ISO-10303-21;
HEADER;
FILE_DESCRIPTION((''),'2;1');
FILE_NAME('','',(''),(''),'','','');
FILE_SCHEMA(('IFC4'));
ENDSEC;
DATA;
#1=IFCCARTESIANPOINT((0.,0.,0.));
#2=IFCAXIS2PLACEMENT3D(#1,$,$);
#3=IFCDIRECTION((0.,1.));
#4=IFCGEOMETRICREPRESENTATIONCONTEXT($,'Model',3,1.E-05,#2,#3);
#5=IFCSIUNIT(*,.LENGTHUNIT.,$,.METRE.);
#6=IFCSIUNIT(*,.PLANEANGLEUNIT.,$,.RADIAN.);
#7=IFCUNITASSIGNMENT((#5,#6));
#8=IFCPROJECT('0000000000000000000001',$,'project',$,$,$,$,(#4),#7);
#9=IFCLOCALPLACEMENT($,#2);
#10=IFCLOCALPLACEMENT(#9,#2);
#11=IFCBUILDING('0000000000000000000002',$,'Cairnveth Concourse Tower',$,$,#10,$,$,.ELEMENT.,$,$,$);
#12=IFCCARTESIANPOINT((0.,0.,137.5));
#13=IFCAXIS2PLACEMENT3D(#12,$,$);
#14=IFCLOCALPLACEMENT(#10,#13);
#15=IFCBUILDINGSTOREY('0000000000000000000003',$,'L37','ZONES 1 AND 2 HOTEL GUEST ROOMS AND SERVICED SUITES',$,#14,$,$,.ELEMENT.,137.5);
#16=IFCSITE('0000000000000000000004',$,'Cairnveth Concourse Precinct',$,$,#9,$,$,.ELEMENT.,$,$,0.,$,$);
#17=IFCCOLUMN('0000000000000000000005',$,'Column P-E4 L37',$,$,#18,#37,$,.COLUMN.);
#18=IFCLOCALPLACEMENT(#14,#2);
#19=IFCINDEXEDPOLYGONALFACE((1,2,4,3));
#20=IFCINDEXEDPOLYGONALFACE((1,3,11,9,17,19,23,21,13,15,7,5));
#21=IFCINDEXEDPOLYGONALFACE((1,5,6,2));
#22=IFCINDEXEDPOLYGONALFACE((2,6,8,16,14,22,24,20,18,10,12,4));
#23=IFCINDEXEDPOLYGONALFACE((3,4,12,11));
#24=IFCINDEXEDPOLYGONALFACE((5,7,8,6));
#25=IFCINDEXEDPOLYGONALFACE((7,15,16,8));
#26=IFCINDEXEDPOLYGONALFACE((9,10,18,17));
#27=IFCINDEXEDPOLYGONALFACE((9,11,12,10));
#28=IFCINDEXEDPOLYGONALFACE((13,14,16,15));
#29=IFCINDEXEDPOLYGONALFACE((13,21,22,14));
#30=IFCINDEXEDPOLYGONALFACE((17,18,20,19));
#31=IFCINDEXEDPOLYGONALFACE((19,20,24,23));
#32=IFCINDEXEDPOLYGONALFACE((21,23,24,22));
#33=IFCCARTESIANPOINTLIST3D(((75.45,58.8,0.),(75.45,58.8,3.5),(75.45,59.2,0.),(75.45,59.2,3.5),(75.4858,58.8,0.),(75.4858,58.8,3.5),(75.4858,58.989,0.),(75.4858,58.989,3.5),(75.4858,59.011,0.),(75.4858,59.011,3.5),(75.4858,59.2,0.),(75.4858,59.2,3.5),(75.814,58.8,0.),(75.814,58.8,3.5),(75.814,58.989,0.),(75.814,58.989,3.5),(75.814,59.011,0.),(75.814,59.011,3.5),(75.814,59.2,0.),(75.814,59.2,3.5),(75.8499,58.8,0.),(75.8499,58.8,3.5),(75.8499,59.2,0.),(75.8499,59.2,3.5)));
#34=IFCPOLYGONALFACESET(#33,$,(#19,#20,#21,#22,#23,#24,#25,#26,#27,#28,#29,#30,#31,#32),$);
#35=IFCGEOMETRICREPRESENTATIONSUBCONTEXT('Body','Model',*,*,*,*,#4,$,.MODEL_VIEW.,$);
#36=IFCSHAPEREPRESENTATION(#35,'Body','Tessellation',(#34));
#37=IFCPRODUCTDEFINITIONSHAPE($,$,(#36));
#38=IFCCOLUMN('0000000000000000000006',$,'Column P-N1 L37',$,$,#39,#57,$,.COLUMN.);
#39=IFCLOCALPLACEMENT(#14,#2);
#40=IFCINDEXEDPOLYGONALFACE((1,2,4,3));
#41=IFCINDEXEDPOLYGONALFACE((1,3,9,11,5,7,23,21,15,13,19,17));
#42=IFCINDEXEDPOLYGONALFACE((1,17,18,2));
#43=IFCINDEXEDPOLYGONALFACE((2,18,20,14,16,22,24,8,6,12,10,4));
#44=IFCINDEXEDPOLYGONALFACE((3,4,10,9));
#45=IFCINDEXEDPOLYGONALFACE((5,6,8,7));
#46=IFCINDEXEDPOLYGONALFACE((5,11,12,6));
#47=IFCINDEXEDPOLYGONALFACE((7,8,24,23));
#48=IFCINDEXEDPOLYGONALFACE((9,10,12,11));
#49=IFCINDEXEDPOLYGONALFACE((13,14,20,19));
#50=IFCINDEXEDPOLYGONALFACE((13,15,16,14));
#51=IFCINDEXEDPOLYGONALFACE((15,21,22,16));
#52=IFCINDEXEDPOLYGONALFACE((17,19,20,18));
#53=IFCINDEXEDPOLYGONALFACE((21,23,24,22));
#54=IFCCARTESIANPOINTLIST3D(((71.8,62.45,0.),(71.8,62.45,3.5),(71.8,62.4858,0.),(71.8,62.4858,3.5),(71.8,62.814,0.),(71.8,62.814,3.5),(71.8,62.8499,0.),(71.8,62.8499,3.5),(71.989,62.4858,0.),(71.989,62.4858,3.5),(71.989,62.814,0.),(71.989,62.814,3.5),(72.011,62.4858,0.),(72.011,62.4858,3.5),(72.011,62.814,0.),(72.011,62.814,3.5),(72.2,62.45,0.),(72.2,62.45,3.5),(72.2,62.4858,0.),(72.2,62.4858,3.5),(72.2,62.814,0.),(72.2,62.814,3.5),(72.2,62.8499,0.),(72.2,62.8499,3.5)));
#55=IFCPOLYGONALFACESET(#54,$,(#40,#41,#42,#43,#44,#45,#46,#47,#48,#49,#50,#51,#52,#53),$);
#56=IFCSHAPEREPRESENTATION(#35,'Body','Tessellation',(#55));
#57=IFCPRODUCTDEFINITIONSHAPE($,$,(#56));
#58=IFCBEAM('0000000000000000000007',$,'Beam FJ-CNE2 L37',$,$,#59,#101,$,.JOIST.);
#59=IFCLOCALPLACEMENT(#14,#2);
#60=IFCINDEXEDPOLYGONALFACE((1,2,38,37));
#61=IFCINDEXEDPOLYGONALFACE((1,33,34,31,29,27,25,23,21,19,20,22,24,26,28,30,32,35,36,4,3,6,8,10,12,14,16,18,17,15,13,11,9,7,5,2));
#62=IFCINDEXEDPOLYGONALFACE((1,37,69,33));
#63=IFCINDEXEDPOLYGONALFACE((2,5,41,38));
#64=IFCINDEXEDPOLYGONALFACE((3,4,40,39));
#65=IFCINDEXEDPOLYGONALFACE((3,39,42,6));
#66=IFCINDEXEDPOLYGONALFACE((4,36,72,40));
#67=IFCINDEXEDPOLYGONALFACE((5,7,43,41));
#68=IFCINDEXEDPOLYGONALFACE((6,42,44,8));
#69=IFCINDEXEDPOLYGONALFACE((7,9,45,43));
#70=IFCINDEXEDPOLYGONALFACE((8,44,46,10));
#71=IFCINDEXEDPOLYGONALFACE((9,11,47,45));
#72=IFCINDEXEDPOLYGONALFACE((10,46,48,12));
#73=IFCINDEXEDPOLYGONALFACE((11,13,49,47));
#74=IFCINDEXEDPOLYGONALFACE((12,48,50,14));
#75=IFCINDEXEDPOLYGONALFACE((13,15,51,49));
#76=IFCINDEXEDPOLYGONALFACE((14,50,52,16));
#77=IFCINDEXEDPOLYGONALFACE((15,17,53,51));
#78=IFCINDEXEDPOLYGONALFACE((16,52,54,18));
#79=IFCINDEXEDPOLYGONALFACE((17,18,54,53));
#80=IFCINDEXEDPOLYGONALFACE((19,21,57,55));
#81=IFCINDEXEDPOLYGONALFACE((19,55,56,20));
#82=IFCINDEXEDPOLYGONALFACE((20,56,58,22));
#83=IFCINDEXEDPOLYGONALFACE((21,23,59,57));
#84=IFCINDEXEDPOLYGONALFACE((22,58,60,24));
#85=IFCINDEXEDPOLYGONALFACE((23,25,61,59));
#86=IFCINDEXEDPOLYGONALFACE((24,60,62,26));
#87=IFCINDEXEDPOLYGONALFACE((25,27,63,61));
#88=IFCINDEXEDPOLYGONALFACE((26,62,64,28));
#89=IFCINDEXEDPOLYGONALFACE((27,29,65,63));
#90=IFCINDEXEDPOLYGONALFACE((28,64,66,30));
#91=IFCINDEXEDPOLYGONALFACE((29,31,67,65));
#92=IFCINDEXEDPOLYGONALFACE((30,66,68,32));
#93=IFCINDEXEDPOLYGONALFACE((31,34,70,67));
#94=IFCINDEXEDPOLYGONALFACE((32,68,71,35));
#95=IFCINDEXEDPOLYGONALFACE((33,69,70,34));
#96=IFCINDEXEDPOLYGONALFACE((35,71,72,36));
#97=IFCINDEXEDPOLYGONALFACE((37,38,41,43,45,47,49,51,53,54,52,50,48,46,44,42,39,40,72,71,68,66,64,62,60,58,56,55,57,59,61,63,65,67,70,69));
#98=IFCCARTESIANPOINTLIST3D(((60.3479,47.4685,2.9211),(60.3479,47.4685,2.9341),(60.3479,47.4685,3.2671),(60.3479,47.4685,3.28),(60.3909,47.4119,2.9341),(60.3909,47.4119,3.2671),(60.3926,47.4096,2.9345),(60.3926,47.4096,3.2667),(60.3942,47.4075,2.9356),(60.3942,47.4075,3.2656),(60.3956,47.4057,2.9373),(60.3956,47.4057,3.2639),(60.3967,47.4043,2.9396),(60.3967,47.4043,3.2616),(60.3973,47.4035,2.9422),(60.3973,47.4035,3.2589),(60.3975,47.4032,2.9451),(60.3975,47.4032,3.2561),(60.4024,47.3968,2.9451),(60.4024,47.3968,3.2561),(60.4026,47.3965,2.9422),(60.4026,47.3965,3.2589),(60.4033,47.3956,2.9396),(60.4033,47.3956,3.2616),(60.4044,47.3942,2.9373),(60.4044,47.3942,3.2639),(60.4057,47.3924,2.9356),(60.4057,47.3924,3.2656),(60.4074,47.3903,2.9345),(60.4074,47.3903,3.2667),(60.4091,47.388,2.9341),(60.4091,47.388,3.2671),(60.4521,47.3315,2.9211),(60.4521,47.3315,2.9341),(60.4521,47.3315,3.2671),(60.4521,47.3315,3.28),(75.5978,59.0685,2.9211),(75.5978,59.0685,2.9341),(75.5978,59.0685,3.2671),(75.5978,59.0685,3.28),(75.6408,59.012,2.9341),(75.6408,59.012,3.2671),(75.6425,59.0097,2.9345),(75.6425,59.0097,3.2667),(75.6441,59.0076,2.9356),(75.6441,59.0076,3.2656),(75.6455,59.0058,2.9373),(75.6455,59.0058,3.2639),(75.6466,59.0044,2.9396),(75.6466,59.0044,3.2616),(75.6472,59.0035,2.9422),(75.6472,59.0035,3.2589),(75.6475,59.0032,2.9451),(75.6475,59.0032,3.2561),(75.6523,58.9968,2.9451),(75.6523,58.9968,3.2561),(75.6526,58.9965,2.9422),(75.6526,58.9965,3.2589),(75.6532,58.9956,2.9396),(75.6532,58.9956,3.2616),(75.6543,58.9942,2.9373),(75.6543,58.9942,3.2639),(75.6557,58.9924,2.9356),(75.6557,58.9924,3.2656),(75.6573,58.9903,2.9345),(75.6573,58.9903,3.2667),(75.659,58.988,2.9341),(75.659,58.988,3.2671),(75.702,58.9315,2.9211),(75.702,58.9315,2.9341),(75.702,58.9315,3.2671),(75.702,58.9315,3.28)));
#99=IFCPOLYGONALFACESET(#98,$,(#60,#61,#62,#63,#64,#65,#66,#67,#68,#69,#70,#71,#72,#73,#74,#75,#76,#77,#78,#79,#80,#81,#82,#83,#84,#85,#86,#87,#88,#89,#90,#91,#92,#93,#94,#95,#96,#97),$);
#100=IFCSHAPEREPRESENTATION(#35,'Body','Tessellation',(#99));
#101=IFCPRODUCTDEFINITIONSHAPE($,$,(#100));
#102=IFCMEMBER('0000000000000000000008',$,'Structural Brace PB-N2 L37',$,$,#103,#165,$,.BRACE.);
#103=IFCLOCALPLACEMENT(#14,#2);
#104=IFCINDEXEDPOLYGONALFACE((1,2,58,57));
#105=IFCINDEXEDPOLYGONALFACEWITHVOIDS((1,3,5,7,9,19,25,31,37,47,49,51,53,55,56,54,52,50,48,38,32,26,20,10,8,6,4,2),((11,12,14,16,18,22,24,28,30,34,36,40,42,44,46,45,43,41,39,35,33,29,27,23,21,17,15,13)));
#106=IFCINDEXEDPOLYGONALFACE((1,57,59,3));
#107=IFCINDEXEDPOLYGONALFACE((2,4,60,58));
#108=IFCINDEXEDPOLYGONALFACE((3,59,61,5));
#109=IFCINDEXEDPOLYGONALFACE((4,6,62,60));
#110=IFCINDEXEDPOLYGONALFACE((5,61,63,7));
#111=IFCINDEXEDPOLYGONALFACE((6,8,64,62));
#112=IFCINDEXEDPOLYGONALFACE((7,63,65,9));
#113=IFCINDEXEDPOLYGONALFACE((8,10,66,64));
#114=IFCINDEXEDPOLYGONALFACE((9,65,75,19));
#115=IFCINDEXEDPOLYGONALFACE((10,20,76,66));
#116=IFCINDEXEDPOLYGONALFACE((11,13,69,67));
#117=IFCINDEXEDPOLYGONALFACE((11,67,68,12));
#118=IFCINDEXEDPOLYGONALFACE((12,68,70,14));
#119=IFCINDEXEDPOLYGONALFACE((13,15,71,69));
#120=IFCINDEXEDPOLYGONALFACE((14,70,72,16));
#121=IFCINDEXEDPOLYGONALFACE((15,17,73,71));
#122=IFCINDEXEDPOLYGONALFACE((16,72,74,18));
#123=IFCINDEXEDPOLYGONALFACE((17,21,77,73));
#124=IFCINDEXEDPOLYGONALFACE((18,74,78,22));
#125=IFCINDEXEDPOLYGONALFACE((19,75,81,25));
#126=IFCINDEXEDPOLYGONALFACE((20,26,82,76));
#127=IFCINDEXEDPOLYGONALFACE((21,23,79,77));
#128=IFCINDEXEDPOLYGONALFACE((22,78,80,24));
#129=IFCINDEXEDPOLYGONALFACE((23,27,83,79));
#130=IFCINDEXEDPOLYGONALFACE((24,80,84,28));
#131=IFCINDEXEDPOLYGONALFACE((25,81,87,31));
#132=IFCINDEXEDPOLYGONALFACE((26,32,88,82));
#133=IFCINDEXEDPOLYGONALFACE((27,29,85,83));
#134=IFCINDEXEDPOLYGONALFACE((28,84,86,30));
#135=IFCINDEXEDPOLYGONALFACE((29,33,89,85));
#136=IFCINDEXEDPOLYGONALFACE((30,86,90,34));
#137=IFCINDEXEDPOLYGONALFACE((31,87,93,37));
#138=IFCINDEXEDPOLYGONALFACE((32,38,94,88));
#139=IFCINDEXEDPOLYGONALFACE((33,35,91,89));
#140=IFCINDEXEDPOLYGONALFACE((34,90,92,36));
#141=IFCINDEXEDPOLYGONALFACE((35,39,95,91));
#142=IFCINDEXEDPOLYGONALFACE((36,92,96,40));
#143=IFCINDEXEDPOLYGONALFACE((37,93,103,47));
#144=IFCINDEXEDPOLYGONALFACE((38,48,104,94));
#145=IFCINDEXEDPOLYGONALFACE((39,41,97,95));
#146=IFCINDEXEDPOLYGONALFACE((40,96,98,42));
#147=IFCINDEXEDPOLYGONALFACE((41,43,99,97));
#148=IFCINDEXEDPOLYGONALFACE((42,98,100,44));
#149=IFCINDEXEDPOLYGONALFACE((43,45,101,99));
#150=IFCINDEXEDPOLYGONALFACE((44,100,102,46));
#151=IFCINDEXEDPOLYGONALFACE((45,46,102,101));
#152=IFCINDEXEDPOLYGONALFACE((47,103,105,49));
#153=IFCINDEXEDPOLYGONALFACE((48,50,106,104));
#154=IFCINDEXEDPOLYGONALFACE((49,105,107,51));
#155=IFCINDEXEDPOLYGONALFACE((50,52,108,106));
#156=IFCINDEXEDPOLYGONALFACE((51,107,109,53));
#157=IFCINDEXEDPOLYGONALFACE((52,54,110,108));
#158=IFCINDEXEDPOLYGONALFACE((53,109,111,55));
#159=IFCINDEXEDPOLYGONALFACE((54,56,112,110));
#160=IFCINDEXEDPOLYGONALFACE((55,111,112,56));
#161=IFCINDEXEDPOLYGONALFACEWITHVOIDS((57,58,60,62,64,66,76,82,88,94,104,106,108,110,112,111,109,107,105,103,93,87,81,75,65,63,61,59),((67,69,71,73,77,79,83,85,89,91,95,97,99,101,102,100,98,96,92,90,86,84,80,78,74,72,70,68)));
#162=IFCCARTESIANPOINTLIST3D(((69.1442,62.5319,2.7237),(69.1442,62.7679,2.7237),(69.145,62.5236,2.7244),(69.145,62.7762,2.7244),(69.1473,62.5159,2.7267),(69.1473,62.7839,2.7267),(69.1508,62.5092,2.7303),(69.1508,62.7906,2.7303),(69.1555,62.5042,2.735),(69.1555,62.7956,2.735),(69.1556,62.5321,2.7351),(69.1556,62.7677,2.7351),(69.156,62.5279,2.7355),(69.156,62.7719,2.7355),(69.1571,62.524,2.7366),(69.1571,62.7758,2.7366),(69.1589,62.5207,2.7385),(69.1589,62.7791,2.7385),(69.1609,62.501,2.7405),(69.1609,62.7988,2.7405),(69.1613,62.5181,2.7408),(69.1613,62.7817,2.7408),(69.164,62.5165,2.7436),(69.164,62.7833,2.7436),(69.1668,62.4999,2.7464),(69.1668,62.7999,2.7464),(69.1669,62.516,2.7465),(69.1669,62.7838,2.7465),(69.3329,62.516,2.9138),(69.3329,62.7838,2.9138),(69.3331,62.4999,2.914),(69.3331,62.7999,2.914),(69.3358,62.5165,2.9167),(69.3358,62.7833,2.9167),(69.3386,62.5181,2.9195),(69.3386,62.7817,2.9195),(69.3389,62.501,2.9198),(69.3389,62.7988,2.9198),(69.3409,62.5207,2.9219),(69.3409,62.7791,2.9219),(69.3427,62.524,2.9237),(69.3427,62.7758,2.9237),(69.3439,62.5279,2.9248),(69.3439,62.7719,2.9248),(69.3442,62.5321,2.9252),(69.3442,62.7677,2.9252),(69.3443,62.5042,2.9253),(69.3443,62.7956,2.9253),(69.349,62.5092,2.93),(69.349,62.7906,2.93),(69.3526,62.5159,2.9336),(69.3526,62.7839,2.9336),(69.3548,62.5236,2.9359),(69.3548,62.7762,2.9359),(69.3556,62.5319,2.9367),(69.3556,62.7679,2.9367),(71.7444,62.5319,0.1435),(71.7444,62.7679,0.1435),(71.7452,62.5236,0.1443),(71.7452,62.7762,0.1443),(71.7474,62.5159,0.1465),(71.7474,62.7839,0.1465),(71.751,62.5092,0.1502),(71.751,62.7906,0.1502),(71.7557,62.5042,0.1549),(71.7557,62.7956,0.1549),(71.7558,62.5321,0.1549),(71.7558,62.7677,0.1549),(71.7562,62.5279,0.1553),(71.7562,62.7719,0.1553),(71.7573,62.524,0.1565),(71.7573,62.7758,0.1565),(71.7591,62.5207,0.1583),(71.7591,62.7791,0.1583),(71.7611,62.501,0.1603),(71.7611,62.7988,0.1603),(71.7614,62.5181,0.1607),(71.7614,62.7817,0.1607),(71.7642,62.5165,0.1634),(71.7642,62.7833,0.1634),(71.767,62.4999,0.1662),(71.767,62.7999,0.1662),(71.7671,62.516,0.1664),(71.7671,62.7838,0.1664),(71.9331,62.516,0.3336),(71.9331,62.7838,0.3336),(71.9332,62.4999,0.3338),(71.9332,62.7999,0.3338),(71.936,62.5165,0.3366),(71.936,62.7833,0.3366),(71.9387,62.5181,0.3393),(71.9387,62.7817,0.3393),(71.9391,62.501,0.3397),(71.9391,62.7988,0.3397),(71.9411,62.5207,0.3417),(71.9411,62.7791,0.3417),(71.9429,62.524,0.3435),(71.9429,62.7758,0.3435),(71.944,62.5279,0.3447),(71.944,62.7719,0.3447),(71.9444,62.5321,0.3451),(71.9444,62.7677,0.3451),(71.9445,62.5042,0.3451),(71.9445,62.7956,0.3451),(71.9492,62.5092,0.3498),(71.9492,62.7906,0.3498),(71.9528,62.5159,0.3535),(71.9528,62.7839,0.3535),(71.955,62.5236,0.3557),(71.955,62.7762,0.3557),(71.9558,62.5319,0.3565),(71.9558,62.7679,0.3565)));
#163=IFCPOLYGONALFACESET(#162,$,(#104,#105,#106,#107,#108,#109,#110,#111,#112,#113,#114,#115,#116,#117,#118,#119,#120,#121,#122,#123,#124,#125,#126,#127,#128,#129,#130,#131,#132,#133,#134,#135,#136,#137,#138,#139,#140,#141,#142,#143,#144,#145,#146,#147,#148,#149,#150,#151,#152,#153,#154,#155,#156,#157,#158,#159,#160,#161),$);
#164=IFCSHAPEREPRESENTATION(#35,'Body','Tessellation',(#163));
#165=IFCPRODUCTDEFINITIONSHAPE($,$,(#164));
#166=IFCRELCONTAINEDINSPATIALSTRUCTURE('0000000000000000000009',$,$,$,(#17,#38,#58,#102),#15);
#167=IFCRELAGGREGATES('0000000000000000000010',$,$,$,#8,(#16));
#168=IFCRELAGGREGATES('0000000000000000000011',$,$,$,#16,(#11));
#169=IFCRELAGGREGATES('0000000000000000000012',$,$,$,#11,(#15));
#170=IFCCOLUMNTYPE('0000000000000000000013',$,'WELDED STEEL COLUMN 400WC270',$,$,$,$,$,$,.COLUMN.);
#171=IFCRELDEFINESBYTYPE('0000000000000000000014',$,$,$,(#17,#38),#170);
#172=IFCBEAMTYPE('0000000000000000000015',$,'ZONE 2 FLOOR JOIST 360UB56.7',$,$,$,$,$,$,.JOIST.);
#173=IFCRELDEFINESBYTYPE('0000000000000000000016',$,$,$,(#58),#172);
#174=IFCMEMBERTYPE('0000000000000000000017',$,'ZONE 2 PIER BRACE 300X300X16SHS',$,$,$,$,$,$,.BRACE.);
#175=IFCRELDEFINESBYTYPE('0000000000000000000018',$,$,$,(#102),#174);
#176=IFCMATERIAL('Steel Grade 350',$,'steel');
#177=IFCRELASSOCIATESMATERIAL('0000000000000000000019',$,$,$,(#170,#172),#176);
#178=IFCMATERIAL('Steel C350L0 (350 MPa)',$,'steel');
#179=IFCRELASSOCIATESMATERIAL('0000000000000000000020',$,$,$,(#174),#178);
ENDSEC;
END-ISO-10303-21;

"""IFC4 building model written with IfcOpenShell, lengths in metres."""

from ifc_helpers import new_model, si_unit, direction, frame, origin, origin_2d, place, context, subcontext, project, spatial, hollow_rectangle, i_section, extrude, material, material_profile, profile_set, type_object, element, save


model = new_model("IFC4")

# Units and contexts
model_context = context("Model", 3, precision=1e-05, world=origin(), true_north=direction((0.0, 1.0)))
body_context = subcontext(model_context, "Body", "Model", "MODEL_VIEW")
ifc_project = project(units=[si_unit("LENGTHUNIT", "METRE"), si_unit("PLANEANGLEUNIT", "RADIAN")], contexts=[model_context])

# Site, building, storey
site_placement = place(None, origin())
site = spatial("IfcSite", under=ifc_project, at=site_placement, Name="Cairnveth Concourse Precinct", CompositionType="ELEMENT", RefElevation=0.0)
building_placement = place(site_placement, origin())
building = spatial("IfcBuilding", under=site, at=building_placement, Name="Cairnveth Concourse Tower", CompositionType="ELEMENT")
storey_placement = place(building_placement, frame((0.0, 0.0, 137.5)))
storey = spatial("IfcBuildingStorey", under=building, at=storey_placement, Name="L37", Description="ZONES 1 AND 2 HOTEL GUEST ROOMS AND SERVICED SUITES", CompositionType="ELEMENT", Elevation=137.5)

# Columns
ifc_material_1 = material(Name="Steel Grade 350", Category="steel")
ifc_material_profile_1 = material_profile(ifc_material_1, i_section(OverallWidth=0.3999, OverallDepth=0.3999, WebThickness=0.022, FlangeThickness=0.0359, at=origin_2d()), Name="400WC270")
ifc_profile_set_1 = profile_set([ifc_material_profile_1], Name="Steel Grade 350")
column_type = type_object("IfcColumnType", Name="WELDED STEEL COLUMN 400WC270", PredefinedType="COLUMN", material=ifc_profile_set_1)
for number, where, z_axis, x_axis, name in (
    (1, (75.6499, 59.0, 0.0), (0.0, 0.0, 1.0), (0.0, 1.0, 0.0), "Column P-E4 L37"),
    (2, (72.0, 62.6499, 0.0), (0.0, 0.0, 1.0), (1.0, 0.0, 0.0), "Column P-N1 L37"),
):
    element("IfcColumn", number, at=place(storey_placement, frame(where, z_axis=z_axis, x_axis=x_axis)), inside=storey, type_object=column_type, Name=name, PredefinedType="COLUMN", context=body_context, shape_type="SweptSolid", body=[
        extrude(i_section(OverallWidth=0.3999, OverallDepth=0.3999, WebThickness=0.022, FlangeThickness=0.0359, at=origin_2d()), origin(), (0.0, 0.0, 1.0), 3.5),
    ])

# Beam
ifc_material_profile_2 = material_profile(ifc_material_1, i_section(OverallWidth=0.1721, OverallDepth=0.3589, WebThickness=0.0081, FlangeThickness=0.0129, FilletRadius=0.011, at=origin_2d()), Name="360UB56.7")
ifc_profile_set_2 = profile_set([ifc_material_profile_2], Name="Steel Grade 350")
beam_type_1 = type_object("IfcBeamType", Name="ZONE 2 FLOOR JOIST 360UB56.7", PredefinedType="JOIST", material=ifc_profile_set_2)
beam_1_placement = place(storey_placement, frame((75.6499, 59.0, 3.1006), z_axis=(-0.795908, -0.605417, 0.0), x_axis=(0.605417, -0.795908, 0.0)))
element("IfcBeam", 3, at=beam_1_placement, inside=storey, type_object=beam_type_1, Name="Beam FJ-CNE2 L37", PredefinedType="JOIST", context=body_context, shape_type="SweptSolid", body=[
    extrude(i_section(OverallWidth=0.1721, OverallDepth=0.3589, WebThickness=0.0081, FlangeThickness=0.0129, FilletRadius=0.011, at=origin_2d()), origin(), (0.0, 0.0, 1.0), 19.1604),
])

# Member
ifc_material_2 = material(Name="Steel C350L0 (350 MPa)", Category="steel")
ifc_material_profile_3 = material_profile(ifc_material_2, hollow_rectangle(XDim=0.3, YDim=0.3, WallThickness=0.0161, InnerFilletRadius=0.0161, OuterFilletRadius=0.032, at=origin_2d()), Name="300x300x16.0SHS")
ifc_profile_set_3 = profile_set([ifc_material_profile_3], Name="Steel C350L0 (350 MPa)")
member_type = type_object("IfcMemberType", Name="ZONE 2 PIER BRACE 300X300X16SHS", PredefinedType="BRACE", material=ifc_profile_set_3)
for number, where, z_axis, x_axis, name in (
    (4, (71.8501, 62.6499, 0.25), (-0.709834, 0.0, 0.704369), (0.0, -1.0, 0.0), "Structural Brace PB-N2 L37"),
):
    element("IfcMember", number, at=place(storey_placement, frame(where, z_axis=z_axis, x_axis=x_axis)), inside=storey, type_object=member_type, Name=name, PredefinedType="BRACE", context=body_context, shape_type="SweptSolid", body=[
        extrude(hollow_rectangle(XDim=0.3, YDim=0.3, WallThickness=0.0161, InnerFilletRadius=0.0161, OuterFilletRadius=0.032, at=origin_2d()), origin(), (0.0, 0.0, 1.0), 3.6631),
    ])

save(model, "model.ifc")
